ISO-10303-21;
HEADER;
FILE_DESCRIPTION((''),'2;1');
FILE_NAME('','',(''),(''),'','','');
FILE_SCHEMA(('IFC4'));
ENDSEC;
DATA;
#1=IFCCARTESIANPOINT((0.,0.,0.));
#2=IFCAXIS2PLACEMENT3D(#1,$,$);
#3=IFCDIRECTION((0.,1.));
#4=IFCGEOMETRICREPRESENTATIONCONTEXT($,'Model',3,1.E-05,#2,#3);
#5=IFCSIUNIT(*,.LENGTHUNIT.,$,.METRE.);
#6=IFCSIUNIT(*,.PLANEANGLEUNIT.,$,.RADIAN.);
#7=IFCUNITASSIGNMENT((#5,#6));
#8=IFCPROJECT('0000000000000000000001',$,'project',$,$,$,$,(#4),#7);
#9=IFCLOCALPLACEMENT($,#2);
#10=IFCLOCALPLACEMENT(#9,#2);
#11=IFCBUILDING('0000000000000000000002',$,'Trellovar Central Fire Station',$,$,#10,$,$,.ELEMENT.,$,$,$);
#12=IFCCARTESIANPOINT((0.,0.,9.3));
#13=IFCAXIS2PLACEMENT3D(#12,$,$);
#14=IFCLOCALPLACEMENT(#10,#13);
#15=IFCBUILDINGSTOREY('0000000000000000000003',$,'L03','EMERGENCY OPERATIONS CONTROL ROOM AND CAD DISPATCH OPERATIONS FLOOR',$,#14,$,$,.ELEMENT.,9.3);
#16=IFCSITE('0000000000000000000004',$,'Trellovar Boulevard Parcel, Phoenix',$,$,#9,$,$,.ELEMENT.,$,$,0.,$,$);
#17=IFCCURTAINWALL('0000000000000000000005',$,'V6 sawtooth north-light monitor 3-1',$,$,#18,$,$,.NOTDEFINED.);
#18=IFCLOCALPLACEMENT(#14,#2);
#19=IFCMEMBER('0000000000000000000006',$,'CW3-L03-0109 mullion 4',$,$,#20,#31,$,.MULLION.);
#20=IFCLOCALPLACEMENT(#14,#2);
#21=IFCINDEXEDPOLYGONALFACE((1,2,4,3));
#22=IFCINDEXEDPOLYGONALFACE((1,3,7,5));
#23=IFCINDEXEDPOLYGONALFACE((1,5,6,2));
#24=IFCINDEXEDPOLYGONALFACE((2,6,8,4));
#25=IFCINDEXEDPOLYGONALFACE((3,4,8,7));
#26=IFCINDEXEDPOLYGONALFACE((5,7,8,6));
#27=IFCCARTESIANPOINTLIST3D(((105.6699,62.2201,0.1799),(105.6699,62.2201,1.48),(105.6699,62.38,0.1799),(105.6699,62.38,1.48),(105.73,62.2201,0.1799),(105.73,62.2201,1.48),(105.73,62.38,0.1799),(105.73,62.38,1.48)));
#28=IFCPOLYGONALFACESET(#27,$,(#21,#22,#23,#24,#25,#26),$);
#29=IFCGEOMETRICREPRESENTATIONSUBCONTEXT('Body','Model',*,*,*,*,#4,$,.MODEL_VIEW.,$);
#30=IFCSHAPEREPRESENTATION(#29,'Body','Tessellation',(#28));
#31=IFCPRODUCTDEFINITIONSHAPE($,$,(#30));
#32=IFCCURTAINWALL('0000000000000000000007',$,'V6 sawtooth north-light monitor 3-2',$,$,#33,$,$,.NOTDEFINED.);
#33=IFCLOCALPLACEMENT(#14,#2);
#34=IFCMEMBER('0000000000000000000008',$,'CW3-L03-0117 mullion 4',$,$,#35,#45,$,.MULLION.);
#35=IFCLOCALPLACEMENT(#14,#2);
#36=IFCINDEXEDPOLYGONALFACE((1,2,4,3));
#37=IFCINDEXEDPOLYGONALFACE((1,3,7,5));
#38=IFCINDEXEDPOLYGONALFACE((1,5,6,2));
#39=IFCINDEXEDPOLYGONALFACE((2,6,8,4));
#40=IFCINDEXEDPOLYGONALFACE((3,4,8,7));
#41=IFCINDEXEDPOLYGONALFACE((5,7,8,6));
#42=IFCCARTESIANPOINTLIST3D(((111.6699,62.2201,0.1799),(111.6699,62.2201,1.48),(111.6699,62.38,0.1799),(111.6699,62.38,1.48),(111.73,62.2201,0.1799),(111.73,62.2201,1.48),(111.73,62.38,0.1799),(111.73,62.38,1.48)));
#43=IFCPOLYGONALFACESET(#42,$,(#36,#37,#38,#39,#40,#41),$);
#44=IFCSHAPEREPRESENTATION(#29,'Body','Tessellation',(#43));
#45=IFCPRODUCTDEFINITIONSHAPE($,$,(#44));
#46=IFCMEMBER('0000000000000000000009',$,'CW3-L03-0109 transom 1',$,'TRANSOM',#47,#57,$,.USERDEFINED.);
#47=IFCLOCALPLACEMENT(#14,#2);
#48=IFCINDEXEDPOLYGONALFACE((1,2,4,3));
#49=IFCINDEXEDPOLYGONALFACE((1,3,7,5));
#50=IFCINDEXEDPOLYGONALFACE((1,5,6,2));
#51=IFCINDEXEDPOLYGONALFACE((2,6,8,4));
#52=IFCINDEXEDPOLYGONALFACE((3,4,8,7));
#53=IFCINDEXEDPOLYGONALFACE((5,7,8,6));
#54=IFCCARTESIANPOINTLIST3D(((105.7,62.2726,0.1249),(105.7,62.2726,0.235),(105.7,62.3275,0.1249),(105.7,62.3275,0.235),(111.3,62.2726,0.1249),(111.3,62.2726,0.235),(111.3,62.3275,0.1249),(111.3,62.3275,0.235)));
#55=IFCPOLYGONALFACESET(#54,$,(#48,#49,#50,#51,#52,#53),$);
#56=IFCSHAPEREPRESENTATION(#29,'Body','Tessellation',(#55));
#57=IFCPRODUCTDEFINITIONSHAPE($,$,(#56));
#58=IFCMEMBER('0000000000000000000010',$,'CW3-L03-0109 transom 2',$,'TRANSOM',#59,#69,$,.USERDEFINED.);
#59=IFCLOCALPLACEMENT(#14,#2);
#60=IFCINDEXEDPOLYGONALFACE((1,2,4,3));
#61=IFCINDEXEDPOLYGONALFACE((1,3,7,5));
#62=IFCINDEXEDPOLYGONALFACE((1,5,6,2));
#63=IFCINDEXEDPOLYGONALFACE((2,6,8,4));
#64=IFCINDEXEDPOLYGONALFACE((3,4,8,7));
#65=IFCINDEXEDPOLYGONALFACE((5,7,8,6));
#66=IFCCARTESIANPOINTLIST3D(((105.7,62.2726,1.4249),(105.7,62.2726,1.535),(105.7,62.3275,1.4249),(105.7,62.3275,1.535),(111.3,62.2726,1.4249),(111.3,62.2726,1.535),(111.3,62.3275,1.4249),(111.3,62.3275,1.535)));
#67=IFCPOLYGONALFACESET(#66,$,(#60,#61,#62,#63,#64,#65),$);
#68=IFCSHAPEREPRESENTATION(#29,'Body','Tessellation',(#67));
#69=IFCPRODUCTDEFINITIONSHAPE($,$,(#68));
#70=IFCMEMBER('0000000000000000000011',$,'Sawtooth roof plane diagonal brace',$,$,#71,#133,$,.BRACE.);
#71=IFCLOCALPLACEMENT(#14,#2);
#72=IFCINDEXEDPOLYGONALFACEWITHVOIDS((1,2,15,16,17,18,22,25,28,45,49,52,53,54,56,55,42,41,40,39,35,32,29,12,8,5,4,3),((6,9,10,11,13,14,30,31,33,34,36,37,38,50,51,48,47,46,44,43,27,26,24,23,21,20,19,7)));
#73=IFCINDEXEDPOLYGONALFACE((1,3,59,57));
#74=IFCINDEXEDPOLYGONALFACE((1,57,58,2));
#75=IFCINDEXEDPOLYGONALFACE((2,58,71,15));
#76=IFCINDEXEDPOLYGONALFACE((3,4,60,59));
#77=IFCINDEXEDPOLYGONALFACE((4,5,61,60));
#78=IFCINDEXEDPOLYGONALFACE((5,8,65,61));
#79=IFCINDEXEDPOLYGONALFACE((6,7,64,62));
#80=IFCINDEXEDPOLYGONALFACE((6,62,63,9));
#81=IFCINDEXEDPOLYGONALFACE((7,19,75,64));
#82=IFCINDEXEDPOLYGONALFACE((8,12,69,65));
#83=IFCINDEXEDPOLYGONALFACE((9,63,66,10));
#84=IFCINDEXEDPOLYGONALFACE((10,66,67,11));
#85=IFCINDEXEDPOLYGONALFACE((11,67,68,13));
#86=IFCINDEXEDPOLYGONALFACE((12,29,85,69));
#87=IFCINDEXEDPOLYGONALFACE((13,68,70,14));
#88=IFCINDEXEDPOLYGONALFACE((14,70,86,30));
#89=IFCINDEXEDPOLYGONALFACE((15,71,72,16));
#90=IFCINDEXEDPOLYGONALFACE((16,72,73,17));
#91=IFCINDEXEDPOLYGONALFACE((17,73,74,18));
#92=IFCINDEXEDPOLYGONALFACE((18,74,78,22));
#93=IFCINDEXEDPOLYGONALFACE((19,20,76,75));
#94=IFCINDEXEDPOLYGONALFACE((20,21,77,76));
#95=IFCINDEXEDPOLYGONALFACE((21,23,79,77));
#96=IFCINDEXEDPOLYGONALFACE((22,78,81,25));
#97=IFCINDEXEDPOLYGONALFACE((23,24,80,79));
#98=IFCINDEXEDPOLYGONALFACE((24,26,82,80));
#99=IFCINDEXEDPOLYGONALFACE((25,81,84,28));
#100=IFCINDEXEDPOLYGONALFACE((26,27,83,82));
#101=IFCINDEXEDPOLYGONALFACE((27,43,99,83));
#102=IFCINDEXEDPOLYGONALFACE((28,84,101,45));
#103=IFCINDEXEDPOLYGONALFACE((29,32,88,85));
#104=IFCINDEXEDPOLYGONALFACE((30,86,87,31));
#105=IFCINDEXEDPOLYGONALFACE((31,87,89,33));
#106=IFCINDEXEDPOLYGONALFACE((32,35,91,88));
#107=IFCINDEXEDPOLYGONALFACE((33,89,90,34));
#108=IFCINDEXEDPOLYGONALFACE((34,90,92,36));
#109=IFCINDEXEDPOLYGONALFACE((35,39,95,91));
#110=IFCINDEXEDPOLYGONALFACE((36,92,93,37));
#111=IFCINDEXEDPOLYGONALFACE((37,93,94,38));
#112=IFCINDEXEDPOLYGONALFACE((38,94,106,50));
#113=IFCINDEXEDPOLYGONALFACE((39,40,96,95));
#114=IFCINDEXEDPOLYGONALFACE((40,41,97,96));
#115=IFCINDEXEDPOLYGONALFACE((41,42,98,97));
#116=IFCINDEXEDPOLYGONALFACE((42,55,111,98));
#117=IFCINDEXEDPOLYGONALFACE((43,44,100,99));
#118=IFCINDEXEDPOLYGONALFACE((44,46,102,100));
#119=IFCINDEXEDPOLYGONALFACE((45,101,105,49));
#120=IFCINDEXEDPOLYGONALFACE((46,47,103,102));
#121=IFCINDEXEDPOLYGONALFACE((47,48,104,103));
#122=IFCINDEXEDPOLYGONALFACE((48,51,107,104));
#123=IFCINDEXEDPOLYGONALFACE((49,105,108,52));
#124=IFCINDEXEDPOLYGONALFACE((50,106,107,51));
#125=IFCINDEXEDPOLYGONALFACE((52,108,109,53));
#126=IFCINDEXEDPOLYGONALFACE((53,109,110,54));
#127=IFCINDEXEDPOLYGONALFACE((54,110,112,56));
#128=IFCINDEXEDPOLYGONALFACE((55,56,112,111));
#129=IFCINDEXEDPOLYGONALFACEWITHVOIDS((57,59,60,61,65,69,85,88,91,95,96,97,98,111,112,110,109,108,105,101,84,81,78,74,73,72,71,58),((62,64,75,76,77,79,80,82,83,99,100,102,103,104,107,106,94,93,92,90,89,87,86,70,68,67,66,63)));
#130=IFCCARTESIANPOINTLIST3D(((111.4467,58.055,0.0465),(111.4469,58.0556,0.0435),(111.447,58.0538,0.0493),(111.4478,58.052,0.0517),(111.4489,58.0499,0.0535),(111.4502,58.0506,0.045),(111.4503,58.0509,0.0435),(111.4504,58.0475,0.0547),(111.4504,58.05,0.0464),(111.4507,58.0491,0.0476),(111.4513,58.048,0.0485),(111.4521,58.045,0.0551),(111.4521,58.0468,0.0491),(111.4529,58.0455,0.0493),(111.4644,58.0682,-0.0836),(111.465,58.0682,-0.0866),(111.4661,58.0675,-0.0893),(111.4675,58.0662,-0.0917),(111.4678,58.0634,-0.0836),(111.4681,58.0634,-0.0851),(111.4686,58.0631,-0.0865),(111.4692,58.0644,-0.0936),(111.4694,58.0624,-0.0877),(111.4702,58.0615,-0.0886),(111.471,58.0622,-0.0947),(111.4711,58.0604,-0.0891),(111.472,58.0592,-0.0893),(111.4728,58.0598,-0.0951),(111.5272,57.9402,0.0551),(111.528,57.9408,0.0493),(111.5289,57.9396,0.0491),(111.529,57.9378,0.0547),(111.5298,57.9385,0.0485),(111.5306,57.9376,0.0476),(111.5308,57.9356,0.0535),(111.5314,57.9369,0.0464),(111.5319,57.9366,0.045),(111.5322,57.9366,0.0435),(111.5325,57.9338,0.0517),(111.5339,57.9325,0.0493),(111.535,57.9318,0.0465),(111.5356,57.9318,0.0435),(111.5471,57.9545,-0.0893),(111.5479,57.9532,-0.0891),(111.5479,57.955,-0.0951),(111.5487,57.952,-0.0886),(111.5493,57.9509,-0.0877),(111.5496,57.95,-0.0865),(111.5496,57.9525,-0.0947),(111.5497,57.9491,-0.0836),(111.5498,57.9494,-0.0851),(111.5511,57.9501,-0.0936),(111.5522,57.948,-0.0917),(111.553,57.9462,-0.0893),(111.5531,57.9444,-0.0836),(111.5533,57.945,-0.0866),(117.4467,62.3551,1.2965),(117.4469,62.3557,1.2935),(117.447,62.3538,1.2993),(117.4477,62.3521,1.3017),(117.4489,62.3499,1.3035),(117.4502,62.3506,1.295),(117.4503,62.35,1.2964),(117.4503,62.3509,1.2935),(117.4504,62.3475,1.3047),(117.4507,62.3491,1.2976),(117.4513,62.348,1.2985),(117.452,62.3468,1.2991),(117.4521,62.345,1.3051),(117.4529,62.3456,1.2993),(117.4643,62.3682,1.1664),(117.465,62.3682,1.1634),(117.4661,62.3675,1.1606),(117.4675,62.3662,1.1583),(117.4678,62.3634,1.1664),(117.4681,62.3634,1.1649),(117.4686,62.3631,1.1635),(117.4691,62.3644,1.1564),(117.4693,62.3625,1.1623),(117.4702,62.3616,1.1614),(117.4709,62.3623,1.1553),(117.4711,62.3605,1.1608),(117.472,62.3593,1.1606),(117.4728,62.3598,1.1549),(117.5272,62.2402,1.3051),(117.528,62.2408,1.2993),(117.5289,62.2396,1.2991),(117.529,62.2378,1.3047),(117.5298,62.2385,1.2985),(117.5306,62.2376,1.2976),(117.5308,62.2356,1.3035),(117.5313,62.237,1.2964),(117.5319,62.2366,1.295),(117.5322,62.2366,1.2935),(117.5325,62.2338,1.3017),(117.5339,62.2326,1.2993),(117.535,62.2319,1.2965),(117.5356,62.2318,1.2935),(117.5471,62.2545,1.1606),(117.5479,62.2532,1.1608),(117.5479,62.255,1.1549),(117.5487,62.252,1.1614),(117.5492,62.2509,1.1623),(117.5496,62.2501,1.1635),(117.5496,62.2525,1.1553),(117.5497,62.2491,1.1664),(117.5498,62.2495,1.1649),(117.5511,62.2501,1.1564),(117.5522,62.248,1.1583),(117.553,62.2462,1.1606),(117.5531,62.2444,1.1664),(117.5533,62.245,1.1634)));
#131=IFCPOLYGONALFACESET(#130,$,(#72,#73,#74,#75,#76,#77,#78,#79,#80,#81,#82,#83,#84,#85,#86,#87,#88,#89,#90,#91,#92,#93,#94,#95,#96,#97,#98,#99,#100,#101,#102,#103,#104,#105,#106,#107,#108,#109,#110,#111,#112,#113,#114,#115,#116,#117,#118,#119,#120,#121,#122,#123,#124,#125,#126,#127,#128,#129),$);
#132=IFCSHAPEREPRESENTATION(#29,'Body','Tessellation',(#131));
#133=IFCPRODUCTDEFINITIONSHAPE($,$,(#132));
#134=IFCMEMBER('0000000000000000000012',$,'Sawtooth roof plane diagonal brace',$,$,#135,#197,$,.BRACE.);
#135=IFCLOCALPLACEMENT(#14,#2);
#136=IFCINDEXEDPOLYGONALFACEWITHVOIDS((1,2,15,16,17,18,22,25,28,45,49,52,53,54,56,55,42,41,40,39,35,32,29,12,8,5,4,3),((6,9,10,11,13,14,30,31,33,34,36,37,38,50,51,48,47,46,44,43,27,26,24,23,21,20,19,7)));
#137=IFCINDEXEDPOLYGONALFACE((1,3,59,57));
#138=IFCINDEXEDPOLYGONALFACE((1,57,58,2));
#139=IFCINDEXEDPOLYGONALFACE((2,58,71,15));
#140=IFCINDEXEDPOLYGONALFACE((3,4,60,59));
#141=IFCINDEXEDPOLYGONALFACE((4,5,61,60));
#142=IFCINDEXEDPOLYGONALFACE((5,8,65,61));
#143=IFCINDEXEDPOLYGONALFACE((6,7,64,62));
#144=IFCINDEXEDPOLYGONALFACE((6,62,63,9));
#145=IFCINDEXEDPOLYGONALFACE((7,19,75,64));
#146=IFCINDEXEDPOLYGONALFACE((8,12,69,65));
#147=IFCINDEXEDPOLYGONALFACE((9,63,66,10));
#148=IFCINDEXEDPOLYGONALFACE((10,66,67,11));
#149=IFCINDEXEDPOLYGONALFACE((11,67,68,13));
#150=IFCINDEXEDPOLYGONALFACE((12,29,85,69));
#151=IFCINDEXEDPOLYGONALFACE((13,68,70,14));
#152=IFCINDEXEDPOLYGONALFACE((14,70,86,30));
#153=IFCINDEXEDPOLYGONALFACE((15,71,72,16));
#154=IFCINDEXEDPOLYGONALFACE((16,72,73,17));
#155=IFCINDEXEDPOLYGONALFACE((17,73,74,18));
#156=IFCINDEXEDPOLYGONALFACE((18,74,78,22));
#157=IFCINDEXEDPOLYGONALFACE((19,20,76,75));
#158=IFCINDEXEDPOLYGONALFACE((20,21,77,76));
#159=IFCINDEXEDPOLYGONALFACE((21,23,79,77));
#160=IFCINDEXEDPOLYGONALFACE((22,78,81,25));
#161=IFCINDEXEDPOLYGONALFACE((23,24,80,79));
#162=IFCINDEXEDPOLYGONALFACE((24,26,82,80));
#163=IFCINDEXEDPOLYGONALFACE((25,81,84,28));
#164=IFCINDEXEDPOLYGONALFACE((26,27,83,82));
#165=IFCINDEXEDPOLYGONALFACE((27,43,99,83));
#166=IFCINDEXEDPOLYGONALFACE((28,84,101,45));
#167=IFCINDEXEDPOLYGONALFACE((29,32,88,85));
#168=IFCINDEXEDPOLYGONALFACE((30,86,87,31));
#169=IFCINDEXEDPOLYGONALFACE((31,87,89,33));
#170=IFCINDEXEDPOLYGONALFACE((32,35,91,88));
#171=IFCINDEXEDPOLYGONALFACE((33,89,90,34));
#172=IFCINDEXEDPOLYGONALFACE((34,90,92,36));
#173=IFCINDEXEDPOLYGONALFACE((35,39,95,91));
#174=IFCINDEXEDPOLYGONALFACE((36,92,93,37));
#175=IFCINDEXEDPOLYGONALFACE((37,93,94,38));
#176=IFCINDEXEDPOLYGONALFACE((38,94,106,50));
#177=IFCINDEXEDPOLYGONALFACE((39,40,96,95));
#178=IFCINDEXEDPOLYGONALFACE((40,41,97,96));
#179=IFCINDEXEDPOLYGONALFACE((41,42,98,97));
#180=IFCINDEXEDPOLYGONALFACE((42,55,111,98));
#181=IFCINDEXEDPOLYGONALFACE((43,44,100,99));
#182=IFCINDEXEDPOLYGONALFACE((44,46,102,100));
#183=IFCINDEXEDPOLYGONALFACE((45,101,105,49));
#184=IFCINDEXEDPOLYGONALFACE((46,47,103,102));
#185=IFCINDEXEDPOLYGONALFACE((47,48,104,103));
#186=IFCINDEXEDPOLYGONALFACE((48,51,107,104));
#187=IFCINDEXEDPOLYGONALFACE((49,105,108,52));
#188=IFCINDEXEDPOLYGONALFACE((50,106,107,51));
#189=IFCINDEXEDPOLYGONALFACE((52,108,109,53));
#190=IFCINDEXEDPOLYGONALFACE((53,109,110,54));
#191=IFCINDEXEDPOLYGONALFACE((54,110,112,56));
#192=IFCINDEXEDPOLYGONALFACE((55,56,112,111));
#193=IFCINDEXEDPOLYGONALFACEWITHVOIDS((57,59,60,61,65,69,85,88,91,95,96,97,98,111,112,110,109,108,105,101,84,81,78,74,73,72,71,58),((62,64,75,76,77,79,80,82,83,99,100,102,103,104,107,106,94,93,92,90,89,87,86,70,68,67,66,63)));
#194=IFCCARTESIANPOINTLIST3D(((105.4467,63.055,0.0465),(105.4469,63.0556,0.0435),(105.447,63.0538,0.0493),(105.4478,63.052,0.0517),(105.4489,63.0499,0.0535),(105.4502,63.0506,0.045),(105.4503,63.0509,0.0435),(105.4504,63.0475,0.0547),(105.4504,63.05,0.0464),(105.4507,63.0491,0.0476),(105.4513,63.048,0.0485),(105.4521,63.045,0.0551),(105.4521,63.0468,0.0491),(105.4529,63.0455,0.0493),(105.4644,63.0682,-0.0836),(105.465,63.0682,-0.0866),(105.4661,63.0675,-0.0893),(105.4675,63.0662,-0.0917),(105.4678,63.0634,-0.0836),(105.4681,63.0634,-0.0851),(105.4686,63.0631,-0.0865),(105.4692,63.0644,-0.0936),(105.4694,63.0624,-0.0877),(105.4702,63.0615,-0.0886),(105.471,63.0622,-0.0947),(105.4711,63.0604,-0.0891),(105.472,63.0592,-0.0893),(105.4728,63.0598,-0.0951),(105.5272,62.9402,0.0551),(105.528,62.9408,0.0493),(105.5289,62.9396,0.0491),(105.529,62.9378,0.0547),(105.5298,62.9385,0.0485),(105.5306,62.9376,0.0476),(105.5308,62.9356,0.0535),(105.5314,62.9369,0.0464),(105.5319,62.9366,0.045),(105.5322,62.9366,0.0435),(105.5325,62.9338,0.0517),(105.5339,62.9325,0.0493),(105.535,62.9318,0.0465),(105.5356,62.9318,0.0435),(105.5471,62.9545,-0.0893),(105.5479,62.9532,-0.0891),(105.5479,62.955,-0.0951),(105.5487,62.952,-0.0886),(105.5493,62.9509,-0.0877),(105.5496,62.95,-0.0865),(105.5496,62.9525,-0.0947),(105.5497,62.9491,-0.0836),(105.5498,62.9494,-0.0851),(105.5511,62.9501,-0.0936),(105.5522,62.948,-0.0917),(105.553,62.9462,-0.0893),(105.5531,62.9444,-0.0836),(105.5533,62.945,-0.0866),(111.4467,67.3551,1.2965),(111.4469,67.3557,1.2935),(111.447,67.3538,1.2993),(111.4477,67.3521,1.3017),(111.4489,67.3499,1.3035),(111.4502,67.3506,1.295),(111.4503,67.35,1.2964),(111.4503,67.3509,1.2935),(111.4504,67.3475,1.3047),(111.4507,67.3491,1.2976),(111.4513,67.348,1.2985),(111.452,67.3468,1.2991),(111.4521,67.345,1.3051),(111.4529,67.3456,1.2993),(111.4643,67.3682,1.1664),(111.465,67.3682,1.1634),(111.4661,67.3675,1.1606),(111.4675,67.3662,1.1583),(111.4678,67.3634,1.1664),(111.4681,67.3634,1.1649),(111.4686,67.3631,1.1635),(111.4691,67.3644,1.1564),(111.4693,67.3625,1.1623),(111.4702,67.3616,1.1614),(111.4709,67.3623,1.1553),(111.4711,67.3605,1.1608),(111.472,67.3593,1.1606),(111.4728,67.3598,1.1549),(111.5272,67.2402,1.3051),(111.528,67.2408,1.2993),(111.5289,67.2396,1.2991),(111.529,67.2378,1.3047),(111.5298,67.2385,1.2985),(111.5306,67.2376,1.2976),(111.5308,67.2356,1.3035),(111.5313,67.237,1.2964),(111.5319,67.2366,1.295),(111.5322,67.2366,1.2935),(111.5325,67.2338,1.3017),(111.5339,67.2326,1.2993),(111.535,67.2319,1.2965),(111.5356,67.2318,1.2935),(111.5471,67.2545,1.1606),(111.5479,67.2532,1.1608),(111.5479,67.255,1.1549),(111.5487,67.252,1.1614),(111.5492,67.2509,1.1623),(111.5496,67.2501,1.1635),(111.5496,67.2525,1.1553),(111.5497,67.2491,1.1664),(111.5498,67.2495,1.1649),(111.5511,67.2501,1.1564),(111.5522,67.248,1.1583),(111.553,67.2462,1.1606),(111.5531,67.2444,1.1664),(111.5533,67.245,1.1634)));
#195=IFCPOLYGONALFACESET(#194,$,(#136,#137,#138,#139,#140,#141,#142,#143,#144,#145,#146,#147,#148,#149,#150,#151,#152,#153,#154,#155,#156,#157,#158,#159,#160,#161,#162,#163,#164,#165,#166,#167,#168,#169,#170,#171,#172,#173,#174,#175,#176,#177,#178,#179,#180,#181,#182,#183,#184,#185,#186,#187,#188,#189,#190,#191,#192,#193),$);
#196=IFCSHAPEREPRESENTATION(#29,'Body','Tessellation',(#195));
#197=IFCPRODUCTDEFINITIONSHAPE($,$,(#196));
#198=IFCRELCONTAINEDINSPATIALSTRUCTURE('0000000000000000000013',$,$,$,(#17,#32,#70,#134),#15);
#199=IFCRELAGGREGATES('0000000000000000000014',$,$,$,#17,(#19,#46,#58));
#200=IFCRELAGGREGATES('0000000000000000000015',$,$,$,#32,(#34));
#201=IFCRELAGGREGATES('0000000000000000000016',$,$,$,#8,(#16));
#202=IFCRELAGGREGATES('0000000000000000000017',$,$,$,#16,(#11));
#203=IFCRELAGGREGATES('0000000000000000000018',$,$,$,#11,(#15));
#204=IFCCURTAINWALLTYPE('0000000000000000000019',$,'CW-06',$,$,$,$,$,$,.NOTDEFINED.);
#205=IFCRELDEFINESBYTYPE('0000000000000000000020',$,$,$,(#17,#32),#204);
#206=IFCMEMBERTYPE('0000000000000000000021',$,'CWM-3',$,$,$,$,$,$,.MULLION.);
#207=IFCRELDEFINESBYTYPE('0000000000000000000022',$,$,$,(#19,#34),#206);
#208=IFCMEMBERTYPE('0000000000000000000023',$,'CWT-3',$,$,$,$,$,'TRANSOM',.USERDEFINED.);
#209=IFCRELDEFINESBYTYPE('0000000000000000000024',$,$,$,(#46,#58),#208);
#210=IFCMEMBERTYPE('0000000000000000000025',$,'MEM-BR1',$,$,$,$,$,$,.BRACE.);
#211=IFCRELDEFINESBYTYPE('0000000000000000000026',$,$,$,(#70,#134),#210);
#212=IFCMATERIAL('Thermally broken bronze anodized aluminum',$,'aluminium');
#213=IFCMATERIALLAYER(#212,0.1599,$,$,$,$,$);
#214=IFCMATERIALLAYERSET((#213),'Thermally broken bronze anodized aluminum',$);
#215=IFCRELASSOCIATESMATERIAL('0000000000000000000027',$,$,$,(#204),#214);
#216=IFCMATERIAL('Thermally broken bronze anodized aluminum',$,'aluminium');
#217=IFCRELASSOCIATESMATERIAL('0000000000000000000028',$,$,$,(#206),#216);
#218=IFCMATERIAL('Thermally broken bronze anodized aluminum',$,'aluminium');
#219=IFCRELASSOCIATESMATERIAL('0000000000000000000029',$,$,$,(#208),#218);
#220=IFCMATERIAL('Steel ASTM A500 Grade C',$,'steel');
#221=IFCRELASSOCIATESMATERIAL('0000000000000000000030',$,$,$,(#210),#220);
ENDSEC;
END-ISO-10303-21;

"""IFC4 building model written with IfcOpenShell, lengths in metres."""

from ifc_helpers import new_model, si_unit, direction, frame, origin, origin_2d, place, context, subcontext, project, spatial, rectangle, hollow_rectangle, extrude, material, layer, layer_set, material_profile, profile_set, type_object, element, aggregate, save


model = new_model("IFC4")

# Units and contexts
model_context = context("Model", 3, precision=1e-05, world=origin(), true_north=direction((0.0, 1.0)))
body_context = subcontext(model_context, "Body", "Model", "MODEL_VIEW")
ifc_project = project(units=[si_unit("LENGTHUNIT", "METRE"), si_unit("PLANEANGLEUNIT", "RADIAN")], contexts=[model_context])

# Site, building, storey
site_placement = place(None, origin())
site = spatial("IfcSite", under=ifc_project, at=site_placement, Name="Trellovar Boulevard Parcel, Phoenix", CompositionType="ELEMENT", RefElevation=0.0)
building_placement = place(site_placement, origin())
building = spatial("IfcBuilding", under=site, at=building_placement, Name="Trellovar Central Fire Station", CompositionType="ELEMENT")
storey_placement = place(building_placement, frame((0.0, 0.0, 9.3)))
storey = spatial("IfcBuildingStorey", under=building, at=storey_placement, Name="L03", Description="EMERGENCY OPERATIONS CONTROL ROOM AND CAD DISPATCH OPERATIONS FLOOR", CompositionType="ELEMENT", Elevation=9.3)

# Curtain wall, member
ifc_material_1 = material(Name="Thermally broken bronze anodized aluminum", Category="aluminium")
ifc_layer_1 = layer(ifc_material_1, 0.1599)
ifc_layer_set_1 = layer_set([ifc_layer_1], Name="Thermally broken bronze anodized aluminum")
curtain_wall_type = type_object("IfcCurtainWallType", Name="CW-06", PredefinedType="NOTDEFINED", material=ifc_layer_set_1)
curtain_wall_1_placement = place(storey_placement, origin())
curtain_wall_1 = element("IfcCurtainWall", 1, at=curtain_wall_1_placement, inside=storey, type_object=curtain_wall_type, Name="V6 sawtooth north-light monitor 3-1", PredefinedType="NOTDEFINED")
ifc_material_2 = material(Name="Thermally broken bronze anodized aluminum", Category="aluminium")
ifc_material_profile_1 = material_profile(ifc_material_2, rectangle(XDim=0.0601, YDim=0.1599, at=origin_2d()), Name="ALU60X160")
ifc_profile_set_1 = profile_set([ifc_material_profile_1], Name="Thermally broken bronze anodized aluminum")
member_type_1 = type_object("IfcMemberType", Name="CWM-3", PredefinedType="MULLION", material=ifc_profile_set_1)
member_1_placement = place(storey_placement, frame((105.7, 62.3, 0.1799), z_axis=(0.0, 0.0, 1.0), x_axis=(1.0, 0.0, 0.0)))
member_1 = element("IfcMember", 2, at=member_1_placement, type_object=member_type_1, Name="CW3-L03-0109 mullion 4", PredefinedType="MULLION", context=body_context, shape_type="SweptSolid", body=[
    extrude(rectangle(XDim=0.0601, YDim=0.1599, at=origin_2d()), origin(), (0.0, 0.0, 1.0), 1.3),
])

# Curtain wall, member
curtain_wall_2_placement = place(storey_placement, origin())
curtain_wall_2 = element("IfcCurtainWall", 3, at=curtain_wall_2_placement, inside=storey, type_object=curtain_wall_type, Name="V6 sawtooth north-light monitor 3-2", PredefinedType="NOTDEFINED")
member_2_placement = place(storey_placement, frame((111.7, 62.3, 0.1799), z_axis=(0.0, 0.0, 1.0), x_axis=(1.0, 0.0, 0.0)))
member_2 = element("IfcMember", 4, at=member_2_placement, type_object=member_type_1, Name="CW3-L03-0117 mullion 4", PredefinedType="MULLION", context=body_context, shape_type="SweptSolid", body=[
    extrude(rectangle(XDim=0.0601, YDim=0.1599, at=origin_2d()), origin(), (0.0, 0.0, 1.0), 1.3),
])

# Members
ifc_material_3 = material(Name="Thermally broken bronze anodized aluminum", Category="aluminium")
ifc_material_profile_2 = material_profile(ifc_material_3, rectangle(XDim=0.0549, YDim=0.1101, at=origin_2d()), Name="ALU55X110")
ifc_profile_set_2 = profile_set([ifc_material_profile_2], Name="Thermally broken bronze anodized aluminum")
member_type_2 = type_object("IfcMemberType", Name="CWT-3", ElementType="TRANSOM", PredefinedType="USERDEFINED", material=ifc_profile_set_2)
member_3_placement = place(storey_placement, frame((111.3, 62.3, 0.1799), z_axis=(-1.0, 0.0, 0.0), x_axis=(0.0, -1.0, 0.0)))
member_3 = element("IfcMember", 5, at=member_3_placement, type_object=member_type_2, Name="CW3-L03-0109 transom 1", ObjectType="TRANSOM", PredefinedType="USERDEFINED", context=body_context, shape_type="SweptSolid", body=[
    extrude(rectangle(XDim=0.0549, YDim=0.1101, at=origin_2d()), origin(), (0.0, 0.0, 1.0), 5.6001),
])
member_4_placement = place(storey_placement, frame((111.3, 62.3, 1.48), z_axis=(-1.0, 0.0, 0.0), x_axis=(0.0, -1.0, 0.0)))
member_4 = element("IfcMember", 6, at=member_4_placement, type_object=member_type_2, Name="CW3-L03-0109 transom 2", ObjectType="TRANSOM", PredefinedType="USERDEFINED", context=body_context, shape_type="SweptSolid", body=[
    extrude(rectangle(XDim=0.0549, YDim=0.1101, at=origin_2d()), origin(), (0.0, 0.0, 1.0), 5.6001),
])

# Members
ifc_material_4 = material(Name="Steel ASTM A500 Grade C", Category="steel")
ifc_material_profile_3 = material_profile(ifc_material_4, hollow_rectangle(XDim=0.1523, YDim=0.1523, WallThickness=0.0059, InnerFilletRadius=0.0059, OuterFilletRadius=0.0117, at=origin_2d()), Name="HSS6X6X1/4")
ifc_profile_set_3 = profile_set([ifc_material_profile_3], Name="Steel ASTM A500 Grade C")
member_type_3 = type_object("IfcMemberType", Name="MEM-BR1", PredefinedType="BRACE", material=ifc_profile_set_3)
for number, where, z_axis, x_axis, name in (
    (7, (111.5, 58.0, -0.02), (0.801405, 0.574347, 0.166959), (-0.582523, 0.812814, 0.0), "Sawtooth roof plane diagonal brace"),
    (8, (105.5, 63.0, -0.02), (0.801405, 0.574347, 0.166959), (-0.582523, 0.812814, 0.0), "Sawtooth roof plane diagonal brace"),
):
    element("IfcMember", number, at=place(storey_placement, frame(where, z_axis=z_axis, x_axis=x_axis)), inside=storey, type_object=member_type_3, Name=name, PredefinedType="BRACE", context=body_context, shape_type="SweptSolid", body=[
        extrude(hollow_rectangle(XDim=0.1523, YDim=0.1523, WallThickness=0.0059, InnerFilletRadius=0.0059, OuterFilletRadius=0.0117, at=origin_2d()), origin(), (0.0, 0.0, 1.0), 7.4868),
    ])

aggregate(curtain_wall_1, [member_1, member_3, member_4])
aggregate(curtain_wall_2, [member_2])

save(model, "model.ifc")
